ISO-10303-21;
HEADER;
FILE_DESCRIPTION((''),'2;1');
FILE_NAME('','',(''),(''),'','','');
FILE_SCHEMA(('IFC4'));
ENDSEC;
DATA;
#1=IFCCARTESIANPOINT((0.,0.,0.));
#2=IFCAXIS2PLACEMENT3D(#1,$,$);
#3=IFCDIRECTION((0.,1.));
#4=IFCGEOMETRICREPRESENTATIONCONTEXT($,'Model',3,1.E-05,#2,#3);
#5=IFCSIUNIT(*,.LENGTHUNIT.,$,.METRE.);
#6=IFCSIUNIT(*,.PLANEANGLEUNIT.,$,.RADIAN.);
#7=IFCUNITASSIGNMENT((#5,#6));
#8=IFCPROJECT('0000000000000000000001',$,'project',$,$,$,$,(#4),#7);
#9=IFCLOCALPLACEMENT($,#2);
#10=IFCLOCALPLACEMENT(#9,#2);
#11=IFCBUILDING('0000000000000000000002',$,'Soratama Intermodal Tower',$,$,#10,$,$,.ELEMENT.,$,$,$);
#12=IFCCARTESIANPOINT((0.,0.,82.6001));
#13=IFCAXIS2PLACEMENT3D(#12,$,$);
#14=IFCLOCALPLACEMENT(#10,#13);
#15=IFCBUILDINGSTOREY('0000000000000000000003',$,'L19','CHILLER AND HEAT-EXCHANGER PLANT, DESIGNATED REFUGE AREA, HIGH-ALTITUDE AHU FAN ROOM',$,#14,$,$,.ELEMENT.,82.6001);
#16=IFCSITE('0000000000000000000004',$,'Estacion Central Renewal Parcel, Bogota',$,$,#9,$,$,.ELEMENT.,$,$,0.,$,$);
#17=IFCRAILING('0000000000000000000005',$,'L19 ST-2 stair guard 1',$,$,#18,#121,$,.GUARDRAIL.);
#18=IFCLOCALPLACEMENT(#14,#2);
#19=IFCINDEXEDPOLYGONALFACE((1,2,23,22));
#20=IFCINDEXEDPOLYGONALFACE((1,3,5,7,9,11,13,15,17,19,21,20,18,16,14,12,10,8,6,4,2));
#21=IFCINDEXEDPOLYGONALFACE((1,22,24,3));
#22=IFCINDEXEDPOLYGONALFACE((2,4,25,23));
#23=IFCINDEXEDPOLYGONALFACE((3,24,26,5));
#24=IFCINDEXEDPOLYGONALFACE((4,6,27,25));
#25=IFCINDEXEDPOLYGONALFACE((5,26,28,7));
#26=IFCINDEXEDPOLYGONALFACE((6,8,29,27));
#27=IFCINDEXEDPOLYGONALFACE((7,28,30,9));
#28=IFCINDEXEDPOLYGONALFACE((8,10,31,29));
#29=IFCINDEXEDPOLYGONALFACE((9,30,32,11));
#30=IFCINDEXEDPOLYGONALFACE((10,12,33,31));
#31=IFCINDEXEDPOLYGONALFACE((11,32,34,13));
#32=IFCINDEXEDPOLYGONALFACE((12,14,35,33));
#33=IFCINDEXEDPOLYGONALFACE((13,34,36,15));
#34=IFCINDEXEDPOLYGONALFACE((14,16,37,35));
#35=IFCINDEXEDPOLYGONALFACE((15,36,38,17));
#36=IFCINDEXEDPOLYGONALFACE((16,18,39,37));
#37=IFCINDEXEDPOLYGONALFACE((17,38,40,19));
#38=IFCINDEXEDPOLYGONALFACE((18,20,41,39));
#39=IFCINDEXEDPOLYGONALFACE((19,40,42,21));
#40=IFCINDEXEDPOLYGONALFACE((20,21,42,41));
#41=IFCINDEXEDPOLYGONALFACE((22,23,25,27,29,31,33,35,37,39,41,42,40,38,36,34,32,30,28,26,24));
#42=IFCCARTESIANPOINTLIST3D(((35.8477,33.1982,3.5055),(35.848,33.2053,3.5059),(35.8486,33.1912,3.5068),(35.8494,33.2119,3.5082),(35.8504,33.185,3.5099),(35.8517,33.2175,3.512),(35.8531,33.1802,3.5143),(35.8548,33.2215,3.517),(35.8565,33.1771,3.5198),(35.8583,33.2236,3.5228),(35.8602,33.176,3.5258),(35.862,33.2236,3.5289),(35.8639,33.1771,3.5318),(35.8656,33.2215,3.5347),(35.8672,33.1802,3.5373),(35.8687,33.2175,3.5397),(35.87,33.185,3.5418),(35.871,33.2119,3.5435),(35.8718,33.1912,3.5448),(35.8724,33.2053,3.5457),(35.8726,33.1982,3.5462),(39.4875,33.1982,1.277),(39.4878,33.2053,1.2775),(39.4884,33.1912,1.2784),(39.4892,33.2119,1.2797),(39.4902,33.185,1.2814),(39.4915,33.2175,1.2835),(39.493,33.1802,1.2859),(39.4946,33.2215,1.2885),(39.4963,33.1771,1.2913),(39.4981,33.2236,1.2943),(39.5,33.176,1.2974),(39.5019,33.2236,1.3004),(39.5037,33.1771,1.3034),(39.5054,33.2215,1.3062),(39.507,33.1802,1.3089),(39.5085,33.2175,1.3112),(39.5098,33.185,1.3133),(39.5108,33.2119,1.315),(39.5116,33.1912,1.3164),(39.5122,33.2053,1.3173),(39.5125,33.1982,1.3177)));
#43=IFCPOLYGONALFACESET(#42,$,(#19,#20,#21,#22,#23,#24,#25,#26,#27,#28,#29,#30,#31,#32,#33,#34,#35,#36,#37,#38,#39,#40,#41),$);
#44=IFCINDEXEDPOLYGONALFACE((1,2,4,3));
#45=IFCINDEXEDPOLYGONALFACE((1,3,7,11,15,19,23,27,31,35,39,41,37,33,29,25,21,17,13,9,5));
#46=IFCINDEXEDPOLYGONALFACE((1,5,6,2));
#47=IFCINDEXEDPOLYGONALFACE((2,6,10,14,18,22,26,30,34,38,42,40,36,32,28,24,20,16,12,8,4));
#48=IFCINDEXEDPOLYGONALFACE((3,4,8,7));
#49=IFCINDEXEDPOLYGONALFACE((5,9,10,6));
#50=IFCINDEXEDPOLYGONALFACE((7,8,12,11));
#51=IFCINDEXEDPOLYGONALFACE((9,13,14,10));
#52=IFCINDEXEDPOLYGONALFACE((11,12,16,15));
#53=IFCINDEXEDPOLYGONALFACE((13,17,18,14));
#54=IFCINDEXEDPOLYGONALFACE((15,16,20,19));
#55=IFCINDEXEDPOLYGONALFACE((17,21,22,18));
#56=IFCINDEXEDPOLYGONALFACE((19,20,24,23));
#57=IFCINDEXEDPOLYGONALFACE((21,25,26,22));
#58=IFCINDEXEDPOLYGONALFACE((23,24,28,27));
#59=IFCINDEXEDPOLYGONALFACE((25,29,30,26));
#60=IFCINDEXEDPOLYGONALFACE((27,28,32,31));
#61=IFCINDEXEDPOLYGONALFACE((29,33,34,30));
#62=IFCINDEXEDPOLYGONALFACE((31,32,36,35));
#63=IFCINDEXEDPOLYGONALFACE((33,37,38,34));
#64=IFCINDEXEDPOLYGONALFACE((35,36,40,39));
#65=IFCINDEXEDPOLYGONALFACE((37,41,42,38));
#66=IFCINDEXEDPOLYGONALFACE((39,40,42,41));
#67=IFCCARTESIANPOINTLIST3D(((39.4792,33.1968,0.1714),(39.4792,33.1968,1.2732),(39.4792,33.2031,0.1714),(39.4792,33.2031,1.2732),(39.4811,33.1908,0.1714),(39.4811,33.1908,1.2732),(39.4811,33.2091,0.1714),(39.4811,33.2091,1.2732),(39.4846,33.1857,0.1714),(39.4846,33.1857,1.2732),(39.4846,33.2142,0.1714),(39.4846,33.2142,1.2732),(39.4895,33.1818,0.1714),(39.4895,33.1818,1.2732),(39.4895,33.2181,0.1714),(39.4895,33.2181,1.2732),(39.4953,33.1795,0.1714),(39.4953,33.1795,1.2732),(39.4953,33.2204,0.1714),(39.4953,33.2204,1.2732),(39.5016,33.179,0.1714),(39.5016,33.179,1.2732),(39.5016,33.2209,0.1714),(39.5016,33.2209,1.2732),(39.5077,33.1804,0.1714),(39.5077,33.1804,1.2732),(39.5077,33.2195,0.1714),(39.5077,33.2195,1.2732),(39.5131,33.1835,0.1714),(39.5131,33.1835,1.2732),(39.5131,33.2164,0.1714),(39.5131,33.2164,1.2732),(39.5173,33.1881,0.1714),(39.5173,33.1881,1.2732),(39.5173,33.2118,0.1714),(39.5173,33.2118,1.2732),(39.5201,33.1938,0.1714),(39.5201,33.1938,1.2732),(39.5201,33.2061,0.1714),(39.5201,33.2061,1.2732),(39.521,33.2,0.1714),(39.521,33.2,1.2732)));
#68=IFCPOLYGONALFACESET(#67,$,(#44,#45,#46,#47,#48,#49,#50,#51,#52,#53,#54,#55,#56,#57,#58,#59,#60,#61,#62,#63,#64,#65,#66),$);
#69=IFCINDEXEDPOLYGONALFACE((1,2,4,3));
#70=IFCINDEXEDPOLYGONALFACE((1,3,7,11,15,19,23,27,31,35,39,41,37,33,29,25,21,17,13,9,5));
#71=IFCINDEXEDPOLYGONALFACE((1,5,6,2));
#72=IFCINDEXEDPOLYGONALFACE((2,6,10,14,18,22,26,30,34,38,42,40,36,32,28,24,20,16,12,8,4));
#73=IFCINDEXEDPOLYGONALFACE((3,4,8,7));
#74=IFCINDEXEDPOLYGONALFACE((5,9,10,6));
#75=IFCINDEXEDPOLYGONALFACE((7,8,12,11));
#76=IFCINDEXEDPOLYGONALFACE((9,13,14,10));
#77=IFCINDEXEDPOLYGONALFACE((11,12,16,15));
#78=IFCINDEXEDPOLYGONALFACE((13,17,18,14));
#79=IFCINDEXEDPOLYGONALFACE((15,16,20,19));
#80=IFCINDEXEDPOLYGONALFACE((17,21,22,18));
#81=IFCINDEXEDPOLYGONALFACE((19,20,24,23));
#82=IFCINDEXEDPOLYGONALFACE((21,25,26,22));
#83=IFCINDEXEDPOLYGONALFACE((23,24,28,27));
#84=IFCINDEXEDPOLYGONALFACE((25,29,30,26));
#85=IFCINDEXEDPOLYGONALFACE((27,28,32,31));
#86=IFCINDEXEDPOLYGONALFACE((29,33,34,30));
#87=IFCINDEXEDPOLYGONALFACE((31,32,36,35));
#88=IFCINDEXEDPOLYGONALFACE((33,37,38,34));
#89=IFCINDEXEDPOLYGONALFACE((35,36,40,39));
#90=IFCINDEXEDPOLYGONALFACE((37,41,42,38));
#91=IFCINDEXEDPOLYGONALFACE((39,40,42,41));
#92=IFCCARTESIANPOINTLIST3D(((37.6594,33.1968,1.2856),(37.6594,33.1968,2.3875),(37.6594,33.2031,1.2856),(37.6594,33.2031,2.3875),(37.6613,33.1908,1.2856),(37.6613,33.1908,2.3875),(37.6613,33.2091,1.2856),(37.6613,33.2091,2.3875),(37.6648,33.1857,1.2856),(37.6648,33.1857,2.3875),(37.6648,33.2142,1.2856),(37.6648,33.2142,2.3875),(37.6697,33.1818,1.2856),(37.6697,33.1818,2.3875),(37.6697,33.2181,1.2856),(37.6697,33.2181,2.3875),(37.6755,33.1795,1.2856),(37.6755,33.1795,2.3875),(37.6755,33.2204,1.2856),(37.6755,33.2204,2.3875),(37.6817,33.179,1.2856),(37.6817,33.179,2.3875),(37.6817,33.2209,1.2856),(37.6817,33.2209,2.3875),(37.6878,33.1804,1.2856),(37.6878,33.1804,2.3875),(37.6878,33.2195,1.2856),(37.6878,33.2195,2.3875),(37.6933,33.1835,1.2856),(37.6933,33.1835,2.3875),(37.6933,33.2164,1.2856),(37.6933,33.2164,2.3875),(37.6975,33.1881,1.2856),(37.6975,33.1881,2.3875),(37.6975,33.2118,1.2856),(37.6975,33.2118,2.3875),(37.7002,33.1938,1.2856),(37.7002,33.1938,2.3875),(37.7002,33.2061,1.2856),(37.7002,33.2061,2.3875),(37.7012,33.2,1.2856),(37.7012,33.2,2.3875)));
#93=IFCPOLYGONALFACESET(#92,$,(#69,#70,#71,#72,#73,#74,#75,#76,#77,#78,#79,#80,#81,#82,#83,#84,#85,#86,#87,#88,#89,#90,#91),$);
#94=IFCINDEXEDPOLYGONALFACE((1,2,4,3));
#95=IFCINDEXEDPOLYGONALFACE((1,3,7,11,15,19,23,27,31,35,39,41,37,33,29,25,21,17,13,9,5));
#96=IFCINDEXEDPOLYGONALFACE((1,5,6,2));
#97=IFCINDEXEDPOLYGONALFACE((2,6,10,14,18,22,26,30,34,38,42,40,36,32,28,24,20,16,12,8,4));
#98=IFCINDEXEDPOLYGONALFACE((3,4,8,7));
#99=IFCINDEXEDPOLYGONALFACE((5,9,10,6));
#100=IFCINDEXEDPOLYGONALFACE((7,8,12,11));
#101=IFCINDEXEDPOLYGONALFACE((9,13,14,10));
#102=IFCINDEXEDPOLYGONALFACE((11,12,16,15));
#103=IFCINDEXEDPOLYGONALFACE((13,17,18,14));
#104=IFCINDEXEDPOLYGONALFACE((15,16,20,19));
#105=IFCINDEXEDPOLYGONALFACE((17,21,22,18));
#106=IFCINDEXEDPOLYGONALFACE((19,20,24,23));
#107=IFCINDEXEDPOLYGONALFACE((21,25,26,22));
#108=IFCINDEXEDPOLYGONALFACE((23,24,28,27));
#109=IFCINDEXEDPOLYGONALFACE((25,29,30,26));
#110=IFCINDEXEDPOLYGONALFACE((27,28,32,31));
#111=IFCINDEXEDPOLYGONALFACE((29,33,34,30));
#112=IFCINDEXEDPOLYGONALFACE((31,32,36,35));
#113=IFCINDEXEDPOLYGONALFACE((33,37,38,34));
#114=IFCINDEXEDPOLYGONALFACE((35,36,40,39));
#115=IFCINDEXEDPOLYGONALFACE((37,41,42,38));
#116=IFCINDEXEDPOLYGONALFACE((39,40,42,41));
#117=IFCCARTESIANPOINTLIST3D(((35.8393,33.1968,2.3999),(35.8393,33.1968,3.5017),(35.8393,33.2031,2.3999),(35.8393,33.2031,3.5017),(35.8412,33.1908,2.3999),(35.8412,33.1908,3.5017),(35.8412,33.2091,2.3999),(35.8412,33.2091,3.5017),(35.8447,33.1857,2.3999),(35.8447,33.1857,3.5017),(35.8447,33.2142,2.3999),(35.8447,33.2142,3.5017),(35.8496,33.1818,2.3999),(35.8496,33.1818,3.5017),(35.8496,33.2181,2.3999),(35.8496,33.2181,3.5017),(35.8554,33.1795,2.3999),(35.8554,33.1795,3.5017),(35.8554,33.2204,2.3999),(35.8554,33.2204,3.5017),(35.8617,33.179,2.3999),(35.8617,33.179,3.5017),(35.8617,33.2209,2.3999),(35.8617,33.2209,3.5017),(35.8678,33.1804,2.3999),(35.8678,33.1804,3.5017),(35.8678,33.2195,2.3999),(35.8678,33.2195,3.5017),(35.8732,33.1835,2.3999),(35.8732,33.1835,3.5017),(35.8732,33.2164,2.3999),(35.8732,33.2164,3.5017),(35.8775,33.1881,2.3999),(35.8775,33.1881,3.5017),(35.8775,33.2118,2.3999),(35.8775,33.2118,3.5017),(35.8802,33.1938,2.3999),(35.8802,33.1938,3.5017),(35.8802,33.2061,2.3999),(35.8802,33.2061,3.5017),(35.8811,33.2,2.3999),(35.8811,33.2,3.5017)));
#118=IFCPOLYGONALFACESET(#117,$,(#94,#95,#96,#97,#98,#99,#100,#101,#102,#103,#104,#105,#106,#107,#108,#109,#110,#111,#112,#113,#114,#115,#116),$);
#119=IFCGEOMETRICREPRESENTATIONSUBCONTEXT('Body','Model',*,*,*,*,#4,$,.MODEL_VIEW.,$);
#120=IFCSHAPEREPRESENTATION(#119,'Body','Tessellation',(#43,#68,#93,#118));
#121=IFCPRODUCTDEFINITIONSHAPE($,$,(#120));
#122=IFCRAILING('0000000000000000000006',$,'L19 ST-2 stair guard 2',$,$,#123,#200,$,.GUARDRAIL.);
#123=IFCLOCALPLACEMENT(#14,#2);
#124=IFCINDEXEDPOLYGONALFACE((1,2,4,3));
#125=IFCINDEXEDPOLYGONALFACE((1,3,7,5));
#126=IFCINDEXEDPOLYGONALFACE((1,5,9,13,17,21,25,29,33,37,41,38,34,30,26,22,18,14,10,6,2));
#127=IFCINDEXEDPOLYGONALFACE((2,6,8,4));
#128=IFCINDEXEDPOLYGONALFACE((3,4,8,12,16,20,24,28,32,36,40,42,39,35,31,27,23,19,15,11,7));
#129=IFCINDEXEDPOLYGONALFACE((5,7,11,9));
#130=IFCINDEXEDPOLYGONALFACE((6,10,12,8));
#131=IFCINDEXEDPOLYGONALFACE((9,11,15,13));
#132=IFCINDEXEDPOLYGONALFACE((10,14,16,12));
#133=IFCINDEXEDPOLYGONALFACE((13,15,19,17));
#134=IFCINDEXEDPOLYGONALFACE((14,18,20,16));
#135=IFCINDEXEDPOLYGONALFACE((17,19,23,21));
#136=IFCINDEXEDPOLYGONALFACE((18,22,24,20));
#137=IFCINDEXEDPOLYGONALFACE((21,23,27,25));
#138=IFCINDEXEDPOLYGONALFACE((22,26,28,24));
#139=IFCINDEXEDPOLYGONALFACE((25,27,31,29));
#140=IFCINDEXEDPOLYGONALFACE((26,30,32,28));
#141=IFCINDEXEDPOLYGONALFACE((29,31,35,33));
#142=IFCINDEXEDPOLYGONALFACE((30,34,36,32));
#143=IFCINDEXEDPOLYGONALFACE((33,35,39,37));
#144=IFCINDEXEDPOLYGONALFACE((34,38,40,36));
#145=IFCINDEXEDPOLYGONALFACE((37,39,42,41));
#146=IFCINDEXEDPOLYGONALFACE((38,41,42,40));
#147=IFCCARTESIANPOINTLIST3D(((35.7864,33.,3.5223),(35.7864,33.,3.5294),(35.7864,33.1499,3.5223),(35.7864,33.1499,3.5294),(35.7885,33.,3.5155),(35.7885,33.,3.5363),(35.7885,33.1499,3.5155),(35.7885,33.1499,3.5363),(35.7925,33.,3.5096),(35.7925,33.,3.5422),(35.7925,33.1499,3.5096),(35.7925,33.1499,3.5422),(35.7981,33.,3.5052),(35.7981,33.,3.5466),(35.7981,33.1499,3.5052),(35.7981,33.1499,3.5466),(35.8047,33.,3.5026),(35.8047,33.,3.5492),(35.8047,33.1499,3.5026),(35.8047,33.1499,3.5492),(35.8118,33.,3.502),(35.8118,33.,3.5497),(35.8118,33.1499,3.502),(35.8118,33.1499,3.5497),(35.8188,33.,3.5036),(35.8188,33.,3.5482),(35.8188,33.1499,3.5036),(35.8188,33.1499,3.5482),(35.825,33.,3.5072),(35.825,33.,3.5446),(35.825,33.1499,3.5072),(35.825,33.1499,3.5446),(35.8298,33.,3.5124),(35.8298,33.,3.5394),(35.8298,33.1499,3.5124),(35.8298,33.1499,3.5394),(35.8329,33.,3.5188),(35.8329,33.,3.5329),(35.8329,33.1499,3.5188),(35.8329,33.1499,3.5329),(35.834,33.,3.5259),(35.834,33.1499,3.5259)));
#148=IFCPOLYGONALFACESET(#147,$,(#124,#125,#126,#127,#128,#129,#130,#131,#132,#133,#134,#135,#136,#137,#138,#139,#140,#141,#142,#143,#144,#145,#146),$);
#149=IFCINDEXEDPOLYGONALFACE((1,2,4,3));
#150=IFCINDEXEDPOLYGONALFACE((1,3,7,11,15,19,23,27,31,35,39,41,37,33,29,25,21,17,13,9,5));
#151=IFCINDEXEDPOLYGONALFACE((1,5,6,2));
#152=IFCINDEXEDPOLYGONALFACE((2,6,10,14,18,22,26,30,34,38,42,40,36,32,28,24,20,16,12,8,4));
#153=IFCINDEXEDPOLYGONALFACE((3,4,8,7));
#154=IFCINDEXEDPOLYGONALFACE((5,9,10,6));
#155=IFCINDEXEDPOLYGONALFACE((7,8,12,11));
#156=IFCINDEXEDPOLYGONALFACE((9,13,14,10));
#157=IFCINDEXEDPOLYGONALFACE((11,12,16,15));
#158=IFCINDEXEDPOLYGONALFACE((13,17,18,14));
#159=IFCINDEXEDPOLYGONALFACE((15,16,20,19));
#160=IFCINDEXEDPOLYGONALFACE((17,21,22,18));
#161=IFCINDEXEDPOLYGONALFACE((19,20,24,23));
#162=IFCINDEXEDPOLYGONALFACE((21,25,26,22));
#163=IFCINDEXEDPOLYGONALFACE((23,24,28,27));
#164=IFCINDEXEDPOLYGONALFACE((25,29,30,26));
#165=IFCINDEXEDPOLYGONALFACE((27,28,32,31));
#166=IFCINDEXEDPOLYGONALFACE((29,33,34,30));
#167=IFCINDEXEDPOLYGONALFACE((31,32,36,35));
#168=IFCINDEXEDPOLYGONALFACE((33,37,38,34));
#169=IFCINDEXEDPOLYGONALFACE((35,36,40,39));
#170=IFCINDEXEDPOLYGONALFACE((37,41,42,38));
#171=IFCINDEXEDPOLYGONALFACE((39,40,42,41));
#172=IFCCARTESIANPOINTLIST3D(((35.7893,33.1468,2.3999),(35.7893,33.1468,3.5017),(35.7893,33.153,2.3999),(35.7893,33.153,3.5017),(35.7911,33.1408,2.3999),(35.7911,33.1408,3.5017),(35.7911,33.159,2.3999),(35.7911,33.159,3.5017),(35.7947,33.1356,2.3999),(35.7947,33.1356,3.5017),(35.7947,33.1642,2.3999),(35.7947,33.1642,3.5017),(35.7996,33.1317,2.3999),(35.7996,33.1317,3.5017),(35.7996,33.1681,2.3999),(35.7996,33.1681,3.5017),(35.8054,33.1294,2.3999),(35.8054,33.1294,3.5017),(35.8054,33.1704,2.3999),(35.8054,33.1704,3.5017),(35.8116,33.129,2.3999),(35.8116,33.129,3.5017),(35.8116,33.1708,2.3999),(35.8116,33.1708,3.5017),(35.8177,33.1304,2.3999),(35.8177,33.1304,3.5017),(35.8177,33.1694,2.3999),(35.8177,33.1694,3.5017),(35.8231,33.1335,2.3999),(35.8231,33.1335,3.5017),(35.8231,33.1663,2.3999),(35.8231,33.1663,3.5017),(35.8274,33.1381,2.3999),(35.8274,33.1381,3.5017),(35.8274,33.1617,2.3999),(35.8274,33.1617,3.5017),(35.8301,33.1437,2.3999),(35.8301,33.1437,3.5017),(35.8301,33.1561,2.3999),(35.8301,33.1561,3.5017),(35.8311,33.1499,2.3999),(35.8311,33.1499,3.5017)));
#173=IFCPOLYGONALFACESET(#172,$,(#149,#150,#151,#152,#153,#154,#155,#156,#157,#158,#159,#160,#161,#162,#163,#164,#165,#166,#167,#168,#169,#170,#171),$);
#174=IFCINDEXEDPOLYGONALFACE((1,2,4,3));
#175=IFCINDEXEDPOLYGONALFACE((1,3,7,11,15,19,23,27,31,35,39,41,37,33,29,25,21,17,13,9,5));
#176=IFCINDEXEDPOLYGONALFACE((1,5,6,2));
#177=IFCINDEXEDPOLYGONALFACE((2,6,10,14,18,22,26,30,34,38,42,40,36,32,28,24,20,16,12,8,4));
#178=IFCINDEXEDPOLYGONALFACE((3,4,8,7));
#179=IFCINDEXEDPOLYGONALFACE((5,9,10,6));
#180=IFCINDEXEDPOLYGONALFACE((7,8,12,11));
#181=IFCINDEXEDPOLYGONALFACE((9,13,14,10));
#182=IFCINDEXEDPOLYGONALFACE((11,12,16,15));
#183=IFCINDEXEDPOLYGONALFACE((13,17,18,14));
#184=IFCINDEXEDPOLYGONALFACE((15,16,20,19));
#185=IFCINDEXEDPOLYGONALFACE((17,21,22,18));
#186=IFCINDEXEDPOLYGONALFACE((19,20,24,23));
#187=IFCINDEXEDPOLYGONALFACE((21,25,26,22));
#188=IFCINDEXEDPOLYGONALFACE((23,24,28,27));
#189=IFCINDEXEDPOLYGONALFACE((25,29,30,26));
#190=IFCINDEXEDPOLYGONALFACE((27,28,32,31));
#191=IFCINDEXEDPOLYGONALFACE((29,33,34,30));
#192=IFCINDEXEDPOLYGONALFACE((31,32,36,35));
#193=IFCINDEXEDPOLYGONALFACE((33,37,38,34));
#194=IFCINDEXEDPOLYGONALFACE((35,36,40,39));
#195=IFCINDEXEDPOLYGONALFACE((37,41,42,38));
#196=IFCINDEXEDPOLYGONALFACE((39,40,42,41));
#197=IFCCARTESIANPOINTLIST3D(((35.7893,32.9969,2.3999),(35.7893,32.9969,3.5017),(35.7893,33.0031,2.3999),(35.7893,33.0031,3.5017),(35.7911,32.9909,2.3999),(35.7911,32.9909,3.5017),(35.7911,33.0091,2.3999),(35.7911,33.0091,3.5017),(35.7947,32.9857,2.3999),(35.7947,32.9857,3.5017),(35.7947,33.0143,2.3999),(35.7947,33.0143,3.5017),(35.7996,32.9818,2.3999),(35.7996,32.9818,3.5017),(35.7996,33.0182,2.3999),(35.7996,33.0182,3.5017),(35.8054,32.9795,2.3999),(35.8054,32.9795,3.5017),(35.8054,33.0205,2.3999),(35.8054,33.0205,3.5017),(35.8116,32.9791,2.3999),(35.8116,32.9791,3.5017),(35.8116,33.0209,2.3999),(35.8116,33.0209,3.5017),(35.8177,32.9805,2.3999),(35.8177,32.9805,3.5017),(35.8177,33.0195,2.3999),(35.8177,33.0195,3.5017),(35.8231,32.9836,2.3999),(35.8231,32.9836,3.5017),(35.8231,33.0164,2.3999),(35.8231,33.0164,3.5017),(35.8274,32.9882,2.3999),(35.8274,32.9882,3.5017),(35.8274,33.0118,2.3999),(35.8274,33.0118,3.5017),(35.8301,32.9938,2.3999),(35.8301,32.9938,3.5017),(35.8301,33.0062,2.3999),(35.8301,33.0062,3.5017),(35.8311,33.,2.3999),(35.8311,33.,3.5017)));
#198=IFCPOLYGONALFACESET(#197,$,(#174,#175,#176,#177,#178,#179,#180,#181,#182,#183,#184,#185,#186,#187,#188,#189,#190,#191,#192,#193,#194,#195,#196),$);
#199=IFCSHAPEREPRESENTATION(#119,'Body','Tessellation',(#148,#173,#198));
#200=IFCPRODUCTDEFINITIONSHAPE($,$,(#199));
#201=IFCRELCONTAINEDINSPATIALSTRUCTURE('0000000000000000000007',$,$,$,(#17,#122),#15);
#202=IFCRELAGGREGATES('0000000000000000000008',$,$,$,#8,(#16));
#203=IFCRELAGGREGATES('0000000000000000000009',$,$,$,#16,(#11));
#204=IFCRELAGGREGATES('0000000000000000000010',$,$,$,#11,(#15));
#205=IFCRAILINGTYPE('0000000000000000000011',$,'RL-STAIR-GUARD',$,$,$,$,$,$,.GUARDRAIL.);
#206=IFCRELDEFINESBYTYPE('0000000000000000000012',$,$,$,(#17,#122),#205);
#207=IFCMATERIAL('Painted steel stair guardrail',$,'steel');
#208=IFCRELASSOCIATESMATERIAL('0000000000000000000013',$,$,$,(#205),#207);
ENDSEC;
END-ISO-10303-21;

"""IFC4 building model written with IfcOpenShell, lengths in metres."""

from ifc_helpers import new_model, si_unit, direction, frame, origin, origin_2d, place, context, subcontext, project, spatial, circle, extrude, material, type_object, element, save


model = new_model("IFC4")

# Units and contexts
model_context = context("Model", 3, precision=1e-05, world=origin(), true_north=direction((0.0, 1.0)))
body_context = subcontext(model_context, "Body", "Model", "MODEL_VIEW")
ifc_project = project(units=[si_unit("LENGTHUNIT", "METRE"), si_unit("PLANEANGLEUNIT", "RADIAN")], contexts=[model_context])

# Site, building, storey
site_placement = place(None, origin())
site = spatial("IfcSite", under=ifc_project, at=site_placement, Name="Estacion Central Renewal Parcel, Bogota", CompositionType="ELEMENT", RefElevation=0.0)
building_placement = place(site_placement, origin())
building = spatial("IfcBuilding", under=site, at=building_placement, Name="Soratama Intermodal Tower", CompositionType="ELEMENT")
storey_placement = place(building_placement, frame((0.0, 0.0, 82.6001)))
storey = spatial("IfcBuildingStorey", under=building, at=storey_placement, Name="L19", Description="CHILLER AND HEAT-EXCHANGER PLANT, DESIGNATED REFUGE AREA, HIGH-ALTITUDE AHU FAN ROOM", CompositionType="ELEMENT", Elevation=82.6001)

# Railings
ifc_material_1 = material(Name="Painted steel stair guardrail", Category="steel")
railing_type_1 = type_object("IfcRailingType", Name="RL-STAIR-GUARD", PredefinedType="GUARDRAIL", material=ifc_material_1)
railing_1_placement = place(storey_placement, frame((39.5, 33.2, 0.1714)))
element("IfcRailing", 1, at=railing_1_placement, inside=storey, type_object=railing_type_1, Name="L19 ST-2 stair guard 1", PredefinedType="GUARDRAIL", context=body_context, shape_type="SweptSolid", body=[
    extrude(circle(Radius=0.0239, at=origin_2d()), frame((0.0, 0.0, 1.126), z_axis=(-0.85285, 0.0, 0.522156), x_axis=(0.0, -1.0, 0.0)), (0.0, 0.0, 1.0), 4.2678),
    extrude(circle(Radius=0.021, at=origin_2d()), origin(), (0.0, 0.0, 1.0), 1.1018),
    extrude(circle(Radius=0.021, at=origin_2d()), frame((-1.8198, 0.0, 1.1143)), (0.0, 0.0, 1.0), 1.1018),
    extrude(circle(Radius=0.021, at=origin_2d()), frame((-3.6399, 0.0, 2.2285)), (0.0, 0.0, 1.0), 1.1018),
])
railing_2_placement = place(storey_placement, frame((35.8101, 33.1499, 2.3999)))
element("IfcRailing", 2, at=railing_2_placement, inside=storey, type_object=railing_type_1, Name="L19 ST-2 stair guard 2", PredefinedType="GUARDRAIL", context=body_context, shape_type="SweptSolid", body=[
    extrude(circle(Radius=0.0239, at=origin_2d()), frame((0.0, 0.0, 1.126), z_axis=(0.0, -1.0, 0.0), x_axis=(1.0, 0.0, 0.0)), (0.0, 0.0, 1.0), 0.1499),
    extrude(circle(Radius=0.021, at=origin_2d()), origin(), (0.0, 0.0, 1.0), 1.1018),
    extrude(circle(Radius=0.021, at=origin_2d()), frame((0.0, -0.1499, 0.0)), (0.0, 0.0, 1.0), 1.1018),
])

save(model, "model.ifc")
